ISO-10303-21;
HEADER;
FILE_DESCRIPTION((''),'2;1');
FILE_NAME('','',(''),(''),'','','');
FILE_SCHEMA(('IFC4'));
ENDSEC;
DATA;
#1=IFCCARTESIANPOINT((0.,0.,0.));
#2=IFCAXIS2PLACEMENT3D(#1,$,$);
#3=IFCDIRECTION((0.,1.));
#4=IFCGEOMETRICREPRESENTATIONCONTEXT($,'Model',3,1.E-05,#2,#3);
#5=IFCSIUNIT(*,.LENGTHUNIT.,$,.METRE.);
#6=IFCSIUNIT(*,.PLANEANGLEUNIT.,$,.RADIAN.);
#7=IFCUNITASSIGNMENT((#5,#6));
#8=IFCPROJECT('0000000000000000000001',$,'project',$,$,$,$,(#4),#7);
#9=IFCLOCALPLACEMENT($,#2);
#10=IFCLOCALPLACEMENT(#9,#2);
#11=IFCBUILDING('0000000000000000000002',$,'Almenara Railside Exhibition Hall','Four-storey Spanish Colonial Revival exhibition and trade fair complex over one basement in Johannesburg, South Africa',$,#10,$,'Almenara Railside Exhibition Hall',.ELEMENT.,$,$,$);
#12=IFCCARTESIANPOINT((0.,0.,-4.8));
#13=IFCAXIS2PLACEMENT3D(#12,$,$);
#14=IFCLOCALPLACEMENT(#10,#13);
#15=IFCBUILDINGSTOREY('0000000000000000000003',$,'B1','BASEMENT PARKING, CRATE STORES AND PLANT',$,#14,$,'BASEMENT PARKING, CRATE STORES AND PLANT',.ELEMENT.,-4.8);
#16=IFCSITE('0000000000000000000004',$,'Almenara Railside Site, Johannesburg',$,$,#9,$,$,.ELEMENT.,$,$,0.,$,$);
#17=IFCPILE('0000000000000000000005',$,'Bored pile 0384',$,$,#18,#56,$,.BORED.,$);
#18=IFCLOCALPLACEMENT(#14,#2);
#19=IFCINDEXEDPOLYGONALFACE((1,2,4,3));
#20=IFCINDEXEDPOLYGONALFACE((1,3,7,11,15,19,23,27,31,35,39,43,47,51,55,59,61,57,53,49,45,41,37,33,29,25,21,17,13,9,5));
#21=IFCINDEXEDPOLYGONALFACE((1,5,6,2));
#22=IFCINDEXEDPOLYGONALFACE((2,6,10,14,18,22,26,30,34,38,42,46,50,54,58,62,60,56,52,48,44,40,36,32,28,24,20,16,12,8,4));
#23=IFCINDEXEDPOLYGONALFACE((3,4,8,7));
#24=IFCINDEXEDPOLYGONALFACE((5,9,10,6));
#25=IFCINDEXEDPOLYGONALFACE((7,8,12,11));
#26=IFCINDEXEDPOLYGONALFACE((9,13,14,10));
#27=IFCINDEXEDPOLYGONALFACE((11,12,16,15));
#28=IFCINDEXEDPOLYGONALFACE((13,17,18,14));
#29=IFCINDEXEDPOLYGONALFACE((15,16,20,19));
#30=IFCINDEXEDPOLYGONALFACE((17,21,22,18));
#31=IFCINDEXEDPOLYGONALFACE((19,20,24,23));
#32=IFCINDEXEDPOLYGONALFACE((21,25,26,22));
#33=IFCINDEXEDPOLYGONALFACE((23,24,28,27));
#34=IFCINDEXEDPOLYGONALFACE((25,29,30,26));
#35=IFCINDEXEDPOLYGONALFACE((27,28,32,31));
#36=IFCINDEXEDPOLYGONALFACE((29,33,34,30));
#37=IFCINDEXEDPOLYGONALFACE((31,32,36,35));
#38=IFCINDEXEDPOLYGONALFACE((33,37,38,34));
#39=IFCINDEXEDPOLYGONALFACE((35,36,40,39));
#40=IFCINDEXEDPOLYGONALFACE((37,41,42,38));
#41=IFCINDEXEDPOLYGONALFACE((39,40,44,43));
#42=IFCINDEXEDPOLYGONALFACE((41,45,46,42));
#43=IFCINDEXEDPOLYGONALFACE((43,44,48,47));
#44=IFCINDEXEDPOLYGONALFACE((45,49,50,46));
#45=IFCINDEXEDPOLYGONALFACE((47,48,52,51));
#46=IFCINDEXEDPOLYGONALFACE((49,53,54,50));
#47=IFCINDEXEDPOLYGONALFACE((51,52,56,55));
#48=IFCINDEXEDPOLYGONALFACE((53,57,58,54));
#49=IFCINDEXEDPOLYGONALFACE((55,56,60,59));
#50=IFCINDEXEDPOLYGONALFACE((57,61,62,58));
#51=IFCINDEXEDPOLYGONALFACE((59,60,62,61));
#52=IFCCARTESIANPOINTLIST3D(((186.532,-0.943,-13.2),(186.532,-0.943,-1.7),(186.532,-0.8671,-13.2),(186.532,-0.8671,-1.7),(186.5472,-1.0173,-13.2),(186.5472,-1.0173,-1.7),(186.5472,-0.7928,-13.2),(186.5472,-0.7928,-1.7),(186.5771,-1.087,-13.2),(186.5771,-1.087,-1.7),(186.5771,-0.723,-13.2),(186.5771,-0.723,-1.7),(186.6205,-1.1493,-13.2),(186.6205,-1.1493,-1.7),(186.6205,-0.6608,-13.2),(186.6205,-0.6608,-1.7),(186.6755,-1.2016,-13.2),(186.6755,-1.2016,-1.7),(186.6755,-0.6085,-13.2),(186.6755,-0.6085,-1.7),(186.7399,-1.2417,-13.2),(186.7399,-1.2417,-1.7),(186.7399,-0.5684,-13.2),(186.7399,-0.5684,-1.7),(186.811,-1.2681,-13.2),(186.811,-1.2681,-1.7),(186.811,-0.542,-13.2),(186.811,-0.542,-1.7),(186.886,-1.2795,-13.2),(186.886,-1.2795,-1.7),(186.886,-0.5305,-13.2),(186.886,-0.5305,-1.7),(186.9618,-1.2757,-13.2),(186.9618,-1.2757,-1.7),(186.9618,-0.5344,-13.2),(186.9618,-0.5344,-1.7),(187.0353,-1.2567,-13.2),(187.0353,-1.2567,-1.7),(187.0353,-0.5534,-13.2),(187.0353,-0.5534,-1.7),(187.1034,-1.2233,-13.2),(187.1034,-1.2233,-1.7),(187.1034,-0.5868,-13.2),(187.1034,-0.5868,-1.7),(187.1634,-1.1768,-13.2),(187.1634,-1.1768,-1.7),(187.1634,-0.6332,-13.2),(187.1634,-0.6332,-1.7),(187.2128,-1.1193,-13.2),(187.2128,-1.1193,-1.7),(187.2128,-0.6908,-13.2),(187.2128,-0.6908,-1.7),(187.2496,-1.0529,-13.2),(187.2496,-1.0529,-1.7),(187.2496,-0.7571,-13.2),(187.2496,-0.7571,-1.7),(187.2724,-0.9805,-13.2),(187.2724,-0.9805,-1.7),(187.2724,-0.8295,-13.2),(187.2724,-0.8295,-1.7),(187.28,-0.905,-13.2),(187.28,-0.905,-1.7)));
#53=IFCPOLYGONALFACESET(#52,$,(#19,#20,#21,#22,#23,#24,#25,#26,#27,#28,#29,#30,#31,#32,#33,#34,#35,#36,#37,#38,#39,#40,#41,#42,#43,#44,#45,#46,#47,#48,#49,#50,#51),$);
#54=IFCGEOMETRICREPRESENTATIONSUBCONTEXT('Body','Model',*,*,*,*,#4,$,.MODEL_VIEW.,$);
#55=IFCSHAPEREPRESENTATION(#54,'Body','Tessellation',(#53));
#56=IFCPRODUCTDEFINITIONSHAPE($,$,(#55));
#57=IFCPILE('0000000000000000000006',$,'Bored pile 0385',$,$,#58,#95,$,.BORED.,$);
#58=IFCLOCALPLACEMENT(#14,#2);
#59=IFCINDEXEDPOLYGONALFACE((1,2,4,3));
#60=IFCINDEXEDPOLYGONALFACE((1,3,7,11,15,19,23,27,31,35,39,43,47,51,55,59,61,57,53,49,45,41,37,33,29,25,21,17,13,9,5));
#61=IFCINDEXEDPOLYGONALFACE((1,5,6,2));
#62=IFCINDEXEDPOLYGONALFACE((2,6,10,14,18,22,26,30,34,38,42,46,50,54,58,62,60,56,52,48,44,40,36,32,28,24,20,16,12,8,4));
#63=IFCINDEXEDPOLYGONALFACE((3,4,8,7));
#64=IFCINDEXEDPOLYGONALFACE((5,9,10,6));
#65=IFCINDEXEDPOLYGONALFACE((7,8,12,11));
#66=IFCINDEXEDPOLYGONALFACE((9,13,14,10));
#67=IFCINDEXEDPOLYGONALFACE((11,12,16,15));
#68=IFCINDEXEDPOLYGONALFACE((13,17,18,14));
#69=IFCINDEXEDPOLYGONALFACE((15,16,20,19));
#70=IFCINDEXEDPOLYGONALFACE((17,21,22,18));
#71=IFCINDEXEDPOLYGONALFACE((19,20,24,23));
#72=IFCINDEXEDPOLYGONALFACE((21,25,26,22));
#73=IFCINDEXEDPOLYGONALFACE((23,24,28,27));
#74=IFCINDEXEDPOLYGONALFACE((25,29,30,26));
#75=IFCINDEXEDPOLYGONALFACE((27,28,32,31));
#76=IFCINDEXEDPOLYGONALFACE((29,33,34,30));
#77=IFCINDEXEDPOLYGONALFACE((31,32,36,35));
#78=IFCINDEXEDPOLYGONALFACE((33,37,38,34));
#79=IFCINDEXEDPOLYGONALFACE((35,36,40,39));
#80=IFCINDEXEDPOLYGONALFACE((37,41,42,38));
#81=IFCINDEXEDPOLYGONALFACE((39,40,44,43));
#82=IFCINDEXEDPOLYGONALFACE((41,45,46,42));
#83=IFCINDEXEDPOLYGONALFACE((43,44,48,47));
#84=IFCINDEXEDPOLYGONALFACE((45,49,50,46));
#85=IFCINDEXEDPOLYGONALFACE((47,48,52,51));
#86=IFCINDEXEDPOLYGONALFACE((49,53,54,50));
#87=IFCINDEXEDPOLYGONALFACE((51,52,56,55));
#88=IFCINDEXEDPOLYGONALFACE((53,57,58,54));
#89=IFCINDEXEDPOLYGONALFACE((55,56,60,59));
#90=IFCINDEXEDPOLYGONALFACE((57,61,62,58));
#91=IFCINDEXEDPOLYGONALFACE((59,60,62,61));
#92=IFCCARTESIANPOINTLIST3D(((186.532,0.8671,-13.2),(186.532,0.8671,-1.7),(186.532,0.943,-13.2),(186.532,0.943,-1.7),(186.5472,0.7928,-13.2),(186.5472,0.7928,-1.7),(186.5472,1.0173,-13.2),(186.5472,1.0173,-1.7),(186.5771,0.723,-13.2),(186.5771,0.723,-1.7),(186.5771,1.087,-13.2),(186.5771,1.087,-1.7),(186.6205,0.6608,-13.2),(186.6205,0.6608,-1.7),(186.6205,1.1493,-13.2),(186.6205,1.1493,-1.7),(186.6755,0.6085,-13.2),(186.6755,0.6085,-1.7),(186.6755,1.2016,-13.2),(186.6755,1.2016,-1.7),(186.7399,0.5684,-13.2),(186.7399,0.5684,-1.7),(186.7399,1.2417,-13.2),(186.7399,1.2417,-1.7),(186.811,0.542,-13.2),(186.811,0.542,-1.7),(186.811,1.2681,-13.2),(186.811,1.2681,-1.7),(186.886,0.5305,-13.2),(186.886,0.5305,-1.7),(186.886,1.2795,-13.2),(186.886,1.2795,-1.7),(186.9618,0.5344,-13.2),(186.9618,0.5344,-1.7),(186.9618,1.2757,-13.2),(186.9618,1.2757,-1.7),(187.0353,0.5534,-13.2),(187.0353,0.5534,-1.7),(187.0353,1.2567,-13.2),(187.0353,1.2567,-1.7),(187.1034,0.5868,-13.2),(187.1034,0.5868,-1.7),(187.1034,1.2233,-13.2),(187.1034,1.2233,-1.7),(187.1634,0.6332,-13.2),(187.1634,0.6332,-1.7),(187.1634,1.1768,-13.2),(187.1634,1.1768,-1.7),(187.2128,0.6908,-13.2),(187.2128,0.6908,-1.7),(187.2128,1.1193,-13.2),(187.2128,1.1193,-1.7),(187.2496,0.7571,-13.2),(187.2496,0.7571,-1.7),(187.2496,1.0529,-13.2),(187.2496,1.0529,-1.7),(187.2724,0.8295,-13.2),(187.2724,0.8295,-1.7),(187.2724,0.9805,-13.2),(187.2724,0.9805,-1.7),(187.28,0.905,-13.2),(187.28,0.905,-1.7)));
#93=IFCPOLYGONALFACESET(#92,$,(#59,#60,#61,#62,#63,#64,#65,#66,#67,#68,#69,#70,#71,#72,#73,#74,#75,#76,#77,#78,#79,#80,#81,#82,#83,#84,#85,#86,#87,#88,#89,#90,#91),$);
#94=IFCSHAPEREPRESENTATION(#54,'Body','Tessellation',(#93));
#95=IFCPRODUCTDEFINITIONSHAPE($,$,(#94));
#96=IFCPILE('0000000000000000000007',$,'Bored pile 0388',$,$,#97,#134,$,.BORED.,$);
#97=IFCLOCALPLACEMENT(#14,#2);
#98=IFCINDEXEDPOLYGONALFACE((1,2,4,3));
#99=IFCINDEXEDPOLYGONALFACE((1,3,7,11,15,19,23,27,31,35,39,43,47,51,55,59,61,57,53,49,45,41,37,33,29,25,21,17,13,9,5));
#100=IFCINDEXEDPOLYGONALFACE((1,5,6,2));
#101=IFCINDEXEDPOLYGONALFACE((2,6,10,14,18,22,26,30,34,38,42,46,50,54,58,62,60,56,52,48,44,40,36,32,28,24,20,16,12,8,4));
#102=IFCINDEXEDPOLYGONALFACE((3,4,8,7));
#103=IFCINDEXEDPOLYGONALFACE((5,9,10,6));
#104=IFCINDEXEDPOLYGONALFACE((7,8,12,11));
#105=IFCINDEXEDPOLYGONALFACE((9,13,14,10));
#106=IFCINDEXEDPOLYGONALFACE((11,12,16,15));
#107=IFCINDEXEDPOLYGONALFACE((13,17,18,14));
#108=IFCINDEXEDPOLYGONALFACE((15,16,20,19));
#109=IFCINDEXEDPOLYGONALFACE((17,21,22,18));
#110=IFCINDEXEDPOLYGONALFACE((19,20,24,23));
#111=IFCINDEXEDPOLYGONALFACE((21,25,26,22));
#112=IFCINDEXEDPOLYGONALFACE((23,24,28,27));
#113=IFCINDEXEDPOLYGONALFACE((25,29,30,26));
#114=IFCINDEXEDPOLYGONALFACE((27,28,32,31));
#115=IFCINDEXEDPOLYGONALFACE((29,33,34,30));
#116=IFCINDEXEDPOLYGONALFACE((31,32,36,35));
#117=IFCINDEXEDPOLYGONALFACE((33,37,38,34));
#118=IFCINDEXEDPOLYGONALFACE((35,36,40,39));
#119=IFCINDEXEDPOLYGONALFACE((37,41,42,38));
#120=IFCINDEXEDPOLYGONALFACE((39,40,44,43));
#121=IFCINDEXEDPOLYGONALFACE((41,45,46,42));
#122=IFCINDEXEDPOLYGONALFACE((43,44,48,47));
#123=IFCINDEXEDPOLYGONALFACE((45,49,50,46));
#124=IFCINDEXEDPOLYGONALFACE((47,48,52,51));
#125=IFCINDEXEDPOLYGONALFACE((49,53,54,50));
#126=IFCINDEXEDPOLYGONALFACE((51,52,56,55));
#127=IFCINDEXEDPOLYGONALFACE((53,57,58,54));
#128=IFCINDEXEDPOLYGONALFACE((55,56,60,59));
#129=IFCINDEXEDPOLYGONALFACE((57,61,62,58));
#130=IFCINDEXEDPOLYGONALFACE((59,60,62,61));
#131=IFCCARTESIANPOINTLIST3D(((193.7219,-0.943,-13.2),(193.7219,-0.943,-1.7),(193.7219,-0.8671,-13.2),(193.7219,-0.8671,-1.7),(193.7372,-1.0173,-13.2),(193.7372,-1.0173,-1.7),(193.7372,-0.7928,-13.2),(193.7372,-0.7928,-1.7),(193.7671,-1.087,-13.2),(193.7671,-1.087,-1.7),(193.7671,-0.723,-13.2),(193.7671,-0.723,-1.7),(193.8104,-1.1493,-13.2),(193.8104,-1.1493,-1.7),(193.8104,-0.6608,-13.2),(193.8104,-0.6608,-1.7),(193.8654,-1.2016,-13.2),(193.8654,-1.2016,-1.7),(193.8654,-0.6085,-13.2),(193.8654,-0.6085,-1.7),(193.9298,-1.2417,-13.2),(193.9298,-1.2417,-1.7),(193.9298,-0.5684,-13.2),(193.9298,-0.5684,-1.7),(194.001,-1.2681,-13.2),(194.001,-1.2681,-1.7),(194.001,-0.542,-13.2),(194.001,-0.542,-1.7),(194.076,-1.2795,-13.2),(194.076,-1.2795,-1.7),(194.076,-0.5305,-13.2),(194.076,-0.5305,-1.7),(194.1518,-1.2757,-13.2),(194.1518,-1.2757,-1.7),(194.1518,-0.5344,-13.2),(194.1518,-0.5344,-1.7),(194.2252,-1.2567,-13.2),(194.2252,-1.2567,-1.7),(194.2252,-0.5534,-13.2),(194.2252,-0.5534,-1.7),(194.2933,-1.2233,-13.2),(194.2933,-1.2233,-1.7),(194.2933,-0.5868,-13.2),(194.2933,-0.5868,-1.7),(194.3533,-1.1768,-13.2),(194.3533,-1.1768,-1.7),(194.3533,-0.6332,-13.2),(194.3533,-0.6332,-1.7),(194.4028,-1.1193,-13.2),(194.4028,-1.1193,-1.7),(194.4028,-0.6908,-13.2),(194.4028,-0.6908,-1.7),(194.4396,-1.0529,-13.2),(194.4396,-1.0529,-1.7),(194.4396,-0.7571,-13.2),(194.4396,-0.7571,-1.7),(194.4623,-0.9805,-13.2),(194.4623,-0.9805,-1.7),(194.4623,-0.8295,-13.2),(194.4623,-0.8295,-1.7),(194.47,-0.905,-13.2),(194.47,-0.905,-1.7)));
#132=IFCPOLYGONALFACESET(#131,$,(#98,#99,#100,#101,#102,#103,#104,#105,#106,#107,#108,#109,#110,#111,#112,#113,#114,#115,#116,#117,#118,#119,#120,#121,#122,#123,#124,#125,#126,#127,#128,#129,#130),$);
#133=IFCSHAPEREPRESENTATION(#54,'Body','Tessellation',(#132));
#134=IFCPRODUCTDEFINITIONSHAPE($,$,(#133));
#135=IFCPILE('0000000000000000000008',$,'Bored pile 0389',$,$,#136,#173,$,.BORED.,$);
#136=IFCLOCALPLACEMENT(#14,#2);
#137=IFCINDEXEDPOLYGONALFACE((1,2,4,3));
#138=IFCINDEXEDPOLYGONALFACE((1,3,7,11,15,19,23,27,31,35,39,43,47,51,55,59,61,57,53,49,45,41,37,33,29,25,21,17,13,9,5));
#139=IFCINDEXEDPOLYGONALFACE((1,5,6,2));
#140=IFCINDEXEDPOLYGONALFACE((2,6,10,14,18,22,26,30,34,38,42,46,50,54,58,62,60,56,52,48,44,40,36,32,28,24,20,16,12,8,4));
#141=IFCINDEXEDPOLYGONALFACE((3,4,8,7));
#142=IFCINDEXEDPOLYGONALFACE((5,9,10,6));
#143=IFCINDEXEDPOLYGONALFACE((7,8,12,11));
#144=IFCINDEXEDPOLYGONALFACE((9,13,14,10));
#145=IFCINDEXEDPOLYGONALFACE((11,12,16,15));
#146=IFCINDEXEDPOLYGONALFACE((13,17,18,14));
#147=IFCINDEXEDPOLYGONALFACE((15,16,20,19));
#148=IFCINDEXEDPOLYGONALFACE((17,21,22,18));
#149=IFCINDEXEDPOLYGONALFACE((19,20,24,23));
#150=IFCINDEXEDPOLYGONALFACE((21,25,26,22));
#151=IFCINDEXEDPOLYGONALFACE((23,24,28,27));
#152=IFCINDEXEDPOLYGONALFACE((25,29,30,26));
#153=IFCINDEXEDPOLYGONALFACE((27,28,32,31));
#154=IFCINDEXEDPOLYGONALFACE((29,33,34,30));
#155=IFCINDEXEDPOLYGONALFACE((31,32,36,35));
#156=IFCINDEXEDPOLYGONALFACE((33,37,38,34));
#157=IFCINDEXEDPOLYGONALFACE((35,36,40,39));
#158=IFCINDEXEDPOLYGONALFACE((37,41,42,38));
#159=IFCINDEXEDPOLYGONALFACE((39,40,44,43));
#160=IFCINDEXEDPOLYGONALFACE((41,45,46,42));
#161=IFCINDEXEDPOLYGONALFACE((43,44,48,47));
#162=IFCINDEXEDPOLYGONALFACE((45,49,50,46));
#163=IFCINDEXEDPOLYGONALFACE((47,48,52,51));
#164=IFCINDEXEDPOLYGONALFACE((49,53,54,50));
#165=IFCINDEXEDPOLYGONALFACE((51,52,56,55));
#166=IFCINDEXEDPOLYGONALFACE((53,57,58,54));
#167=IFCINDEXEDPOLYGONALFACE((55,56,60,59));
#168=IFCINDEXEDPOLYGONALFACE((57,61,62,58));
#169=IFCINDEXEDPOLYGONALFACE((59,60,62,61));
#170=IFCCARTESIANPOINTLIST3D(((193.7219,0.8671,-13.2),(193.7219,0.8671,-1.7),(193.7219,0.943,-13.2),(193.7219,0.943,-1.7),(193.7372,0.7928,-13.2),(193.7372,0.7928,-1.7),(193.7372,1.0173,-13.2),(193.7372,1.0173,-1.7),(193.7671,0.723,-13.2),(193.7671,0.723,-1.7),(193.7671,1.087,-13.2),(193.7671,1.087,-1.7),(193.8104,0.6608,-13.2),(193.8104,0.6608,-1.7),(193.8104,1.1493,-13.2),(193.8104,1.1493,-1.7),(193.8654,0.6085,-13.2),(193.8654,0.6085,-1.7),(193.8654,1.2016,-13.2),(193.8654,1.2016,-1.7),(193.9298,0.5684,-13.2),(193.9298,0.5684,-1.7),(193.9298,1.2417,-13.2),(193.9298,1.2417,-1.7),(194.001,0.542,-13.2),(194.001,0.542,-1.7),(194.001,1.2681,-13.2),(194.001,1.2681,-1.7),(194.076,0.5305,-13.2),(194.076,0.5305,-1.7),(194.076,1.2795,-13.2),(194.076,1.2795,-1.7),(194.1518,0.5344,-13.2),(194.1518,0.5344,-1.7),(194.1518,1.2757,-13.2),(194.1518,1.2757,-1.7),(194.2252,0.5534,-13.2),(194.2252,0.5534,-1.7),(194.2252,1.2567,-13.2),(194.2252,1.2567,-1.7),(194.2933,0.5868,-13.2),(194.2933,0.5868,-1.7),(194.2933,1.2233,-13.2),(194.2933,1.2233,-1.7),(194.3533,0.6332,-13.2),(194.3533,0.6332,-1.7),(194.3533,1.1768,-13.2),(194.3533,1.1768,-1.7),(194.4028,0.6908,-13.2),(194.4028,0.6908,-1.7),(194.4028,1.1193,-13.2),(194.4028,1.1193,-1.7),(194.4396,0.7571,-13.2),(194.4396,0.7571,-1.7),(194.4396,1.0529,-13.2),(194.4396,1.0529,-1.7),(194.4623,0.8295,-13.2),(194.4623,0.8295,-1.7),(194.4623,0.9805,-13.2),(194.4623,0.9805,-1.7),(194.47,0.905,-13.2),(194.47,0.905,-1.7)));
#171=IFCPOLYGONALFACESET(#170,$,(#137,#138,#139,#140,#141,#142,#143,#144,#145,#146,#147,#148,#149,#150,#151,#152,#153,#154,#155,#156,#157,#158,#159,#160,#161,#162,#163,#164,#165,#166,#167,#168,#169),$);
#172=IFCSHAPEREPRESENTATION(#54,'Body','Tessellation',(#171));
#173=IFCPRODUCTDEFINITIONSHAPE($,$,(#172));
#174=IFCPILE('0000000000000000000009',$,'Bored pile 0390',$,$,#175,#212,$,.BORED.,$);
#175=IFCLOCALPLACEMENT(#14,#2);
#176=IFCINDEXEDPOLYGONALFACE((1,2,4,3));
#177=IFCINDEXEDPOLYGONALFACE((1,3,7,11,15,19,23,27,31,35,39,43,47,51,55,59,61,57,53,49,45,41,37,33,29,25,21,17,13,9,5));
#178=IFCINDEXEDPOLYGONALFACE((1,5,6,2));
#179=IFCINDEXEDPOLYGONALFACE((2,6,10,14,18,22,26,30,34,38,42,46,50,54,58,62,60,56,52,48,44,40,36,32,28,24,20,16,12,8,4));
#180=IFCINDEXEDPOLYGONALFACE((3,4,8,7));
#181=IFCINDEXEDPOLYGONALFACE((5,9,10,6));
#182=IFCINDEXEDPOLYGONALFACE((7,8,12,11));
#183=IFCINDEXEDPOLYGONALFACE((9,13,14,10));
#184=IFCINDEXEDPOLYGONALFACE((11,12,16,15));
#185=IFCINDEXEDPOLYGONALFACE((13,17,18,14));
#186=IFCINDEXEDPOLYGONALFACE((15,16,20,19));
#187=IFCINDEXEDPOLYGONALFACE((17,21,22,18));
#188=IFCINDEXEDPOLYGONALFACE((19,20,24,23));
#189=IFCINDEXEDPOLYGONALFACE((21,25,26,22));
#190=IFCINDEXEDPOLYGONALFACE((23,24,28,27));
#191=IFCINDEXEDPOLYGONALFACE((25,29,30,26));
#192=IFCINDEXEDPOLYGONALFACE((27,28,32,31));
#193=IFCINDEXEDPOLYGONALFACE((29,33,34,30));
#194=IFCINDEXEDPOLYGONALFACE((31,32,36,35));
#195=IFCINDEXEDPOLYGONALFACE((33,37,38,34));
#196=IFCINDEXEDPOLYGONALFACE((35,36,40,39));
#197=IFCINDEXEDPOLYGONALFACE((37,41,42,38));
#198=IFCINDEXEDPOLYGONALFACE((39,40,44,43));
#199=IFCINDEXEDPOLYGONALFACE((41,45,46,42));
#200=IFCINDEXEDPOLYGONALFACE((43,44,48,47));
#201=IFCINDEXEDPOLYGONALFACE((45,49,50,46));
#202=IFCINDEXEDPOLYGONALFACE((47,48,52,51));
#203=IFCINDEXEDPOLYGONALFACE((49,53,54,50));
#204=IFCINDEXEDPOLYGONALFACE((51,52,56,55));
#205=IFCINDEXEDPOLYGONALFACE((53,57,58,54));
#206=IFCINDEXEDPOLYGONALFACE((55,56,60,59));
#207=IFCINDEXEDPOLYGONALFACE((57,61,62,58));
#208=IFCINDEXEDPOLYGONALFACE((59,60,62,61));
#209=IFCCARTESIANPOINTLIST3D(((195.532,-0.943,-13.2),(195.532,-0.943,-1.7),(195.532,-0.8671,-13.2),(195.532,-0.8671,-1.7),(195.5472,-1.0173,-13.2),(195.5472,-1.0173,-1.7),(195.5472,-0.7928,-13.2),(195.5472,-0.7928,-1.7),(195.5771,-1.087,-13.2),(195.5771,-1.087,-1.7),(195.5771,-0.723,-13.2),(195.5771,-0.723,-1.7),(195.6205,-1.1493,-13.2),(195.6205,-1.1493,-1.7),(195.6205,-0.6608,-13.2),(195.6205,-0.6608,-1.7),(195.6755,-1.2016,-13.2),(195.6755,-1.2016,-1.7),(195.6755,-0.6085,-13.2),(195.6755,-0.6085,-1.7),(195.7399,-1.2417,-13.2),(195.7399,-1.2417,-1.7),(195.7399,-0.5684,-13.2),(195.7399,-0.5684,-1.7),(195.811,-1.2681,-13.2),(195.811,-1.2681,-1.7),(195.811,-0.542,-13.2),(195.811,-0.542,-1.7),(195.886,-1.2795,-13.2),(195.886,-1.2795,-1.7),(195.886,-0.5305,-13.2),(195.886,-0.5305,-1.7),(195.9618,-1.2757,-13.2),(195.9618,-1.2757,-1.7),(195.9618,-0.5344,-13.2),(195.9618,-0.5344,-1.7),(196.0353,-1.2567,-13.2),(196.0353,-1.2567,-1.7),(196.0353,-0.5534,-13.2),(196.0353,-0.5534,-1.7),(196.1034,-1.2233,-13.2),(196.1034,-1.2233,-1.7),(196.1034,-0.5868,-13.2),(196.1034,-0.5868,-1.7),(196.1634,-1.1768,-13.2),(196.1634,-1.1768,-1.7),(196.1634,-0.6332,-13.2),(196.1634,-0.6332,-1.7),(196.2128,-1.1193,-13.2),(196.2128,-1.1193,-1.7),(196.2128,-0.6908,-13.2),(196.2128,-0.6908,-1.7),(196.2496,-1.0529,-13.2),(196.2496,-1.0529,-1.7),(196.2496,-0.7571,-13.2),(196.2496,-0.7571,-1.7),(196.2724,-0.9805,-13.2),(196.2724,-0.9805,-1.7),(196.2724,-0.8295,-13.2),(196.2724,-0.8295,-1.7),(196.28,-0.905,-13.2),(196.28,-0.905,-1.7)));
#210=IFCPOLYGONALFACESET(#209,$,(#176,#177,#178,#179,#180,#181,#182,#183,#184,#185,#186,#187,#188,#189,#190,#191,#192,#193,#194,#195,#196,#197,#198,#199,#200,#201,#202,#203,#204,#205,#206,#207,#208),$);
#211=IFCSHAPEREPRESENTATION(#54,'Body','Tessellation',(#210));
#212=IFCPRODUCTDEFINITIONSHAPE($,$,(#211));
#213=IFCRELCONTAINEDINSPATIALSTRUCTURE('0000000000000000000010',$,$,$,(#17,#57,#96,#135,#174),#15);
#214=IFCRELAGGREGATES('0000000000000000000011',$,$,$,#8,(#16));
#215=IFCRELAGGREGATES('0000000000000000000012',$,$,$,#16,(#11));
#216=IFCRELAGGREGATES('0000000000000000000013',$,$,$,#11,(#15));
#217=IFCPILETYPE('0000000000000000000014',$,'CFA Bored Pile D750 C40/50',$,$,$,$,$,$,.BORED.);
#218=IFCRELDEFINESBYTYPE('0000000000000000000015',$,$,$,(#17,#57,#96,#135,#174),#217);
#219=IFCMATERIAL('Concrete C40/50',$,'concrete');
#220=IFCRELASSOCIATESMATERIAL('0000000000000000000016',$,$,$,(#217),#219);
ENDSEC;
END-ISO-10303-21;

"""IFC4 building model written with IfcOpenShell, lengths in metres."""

from ifc_helpers import new_model, si_unit, direction, frame, origin, origin_2d, place, context, subcontext, project, spatial, circle, extrude, material, material_profile, profile_set, type_object, element, save


model = new_model("IFC4")

# Units and contexts
model_context = context("Model", 3, precision=1e-05, world=origin(), true_north=direction((0.0, 1.0)))
body_context = subcontext(model_context, "Body", "Model", "MODEL_VIEW")
ifc_project = project(units=[si_unit("LENGTHUNIT", "METRE"), si_unit("PLANEANGLEUNIT", "RADIAN")], contexts=[model_context])

# Site, building, storey
site_placement = place(None, origin())
site = spatial("IfcSite", under=ifc_project, at=site_placement, Name="Almenara Railside Site, Johannesburg", CompositionType="ELEMENT", RefElevation=0.0)
building_placement = place(site_placement, origin())
building = spatial("IfcBuilding", under=site, at=building_placement, Name="Almenara Railside Exhibition Hall", Description="Four-storey Spanish Colonial Revival exhibition and trade fair complex over one basement in Johannesburg, South Africa", LongName="Almenara Railside Exhibition Hall", CompositionType="ELEMENT")
storey_placement = place(building_placement, frame((0.0, 0.0, -4.8)))
storey = spatial("IfcBuildingStorey", under=building, at=storey_placement, Name="B1", Description="BASEMENT PARKING, CRATE STORES AND PLANT", LongName="BASEMENT PARKING, CRATE STORES AND PLANT", CompositionType="ELEMENT", Elevation=-4.8)

# Piles
ifc_material_1 = material(Name="Concrete C40/50", Category="concrete")
ifc_material_profile_1 = material_profile(ifc_material_1, circle(Radius=0.375, at=origin_2d()), Name="CFA-PILE D750")
ifc_profile_set_1 = profile_set([ifc_material_profile_1], Name="Concrete C40/50")
pile_type_1 = type_object("IfcPileType", Name="CFA Bored Pile D750 C40/50", PredefinedType="BORED", material=ifc_profile_set_1)
for number, where, z_axis, x_axis, name in (
    (1, (186.905, -0.905, -1.7), (0.0, 0.0, -1.0), (1.0, 0.0, 0.0), "Bored pile 0384"),
    (2, (186.905, 0.905, -1.7), (0.0, 0.0, -1.0), (1.0, 0.0, 0.0), "Bored pile 0385"),
    (3, (194.095, -0.905, -1.7), (0.0, 0.0, -1.0), (1.0, 0.0, 0.0), "Bored pile 0388"),
    (4, (194.095, 0.905, -1.7), (0.0, 0.0, -1.0), (1.0, 0.0, 0.0), "Bored pile 0389"),
    (5, (195.905, -0.905, -1.7), (0.0, 0.0, -1.0), (1.0, 0.0, 0.0), "Bored pile 0390"),
):
    element("IfcPile", number, at=place(storey_placement, frame(where, z_axis=z_axis, x_axis=x_axis)), inside=storey, type_object=pile_type_1, Name=name, PredefinedType="BORED", context=body_context, shape_type="SweptSolid", body=[
        extrude(circle(Radius=0.375, at=origin_2d()), origin(), (0.0, 0.0, 1.0), 11.5),
    ])

save(model, "model.ifc")
